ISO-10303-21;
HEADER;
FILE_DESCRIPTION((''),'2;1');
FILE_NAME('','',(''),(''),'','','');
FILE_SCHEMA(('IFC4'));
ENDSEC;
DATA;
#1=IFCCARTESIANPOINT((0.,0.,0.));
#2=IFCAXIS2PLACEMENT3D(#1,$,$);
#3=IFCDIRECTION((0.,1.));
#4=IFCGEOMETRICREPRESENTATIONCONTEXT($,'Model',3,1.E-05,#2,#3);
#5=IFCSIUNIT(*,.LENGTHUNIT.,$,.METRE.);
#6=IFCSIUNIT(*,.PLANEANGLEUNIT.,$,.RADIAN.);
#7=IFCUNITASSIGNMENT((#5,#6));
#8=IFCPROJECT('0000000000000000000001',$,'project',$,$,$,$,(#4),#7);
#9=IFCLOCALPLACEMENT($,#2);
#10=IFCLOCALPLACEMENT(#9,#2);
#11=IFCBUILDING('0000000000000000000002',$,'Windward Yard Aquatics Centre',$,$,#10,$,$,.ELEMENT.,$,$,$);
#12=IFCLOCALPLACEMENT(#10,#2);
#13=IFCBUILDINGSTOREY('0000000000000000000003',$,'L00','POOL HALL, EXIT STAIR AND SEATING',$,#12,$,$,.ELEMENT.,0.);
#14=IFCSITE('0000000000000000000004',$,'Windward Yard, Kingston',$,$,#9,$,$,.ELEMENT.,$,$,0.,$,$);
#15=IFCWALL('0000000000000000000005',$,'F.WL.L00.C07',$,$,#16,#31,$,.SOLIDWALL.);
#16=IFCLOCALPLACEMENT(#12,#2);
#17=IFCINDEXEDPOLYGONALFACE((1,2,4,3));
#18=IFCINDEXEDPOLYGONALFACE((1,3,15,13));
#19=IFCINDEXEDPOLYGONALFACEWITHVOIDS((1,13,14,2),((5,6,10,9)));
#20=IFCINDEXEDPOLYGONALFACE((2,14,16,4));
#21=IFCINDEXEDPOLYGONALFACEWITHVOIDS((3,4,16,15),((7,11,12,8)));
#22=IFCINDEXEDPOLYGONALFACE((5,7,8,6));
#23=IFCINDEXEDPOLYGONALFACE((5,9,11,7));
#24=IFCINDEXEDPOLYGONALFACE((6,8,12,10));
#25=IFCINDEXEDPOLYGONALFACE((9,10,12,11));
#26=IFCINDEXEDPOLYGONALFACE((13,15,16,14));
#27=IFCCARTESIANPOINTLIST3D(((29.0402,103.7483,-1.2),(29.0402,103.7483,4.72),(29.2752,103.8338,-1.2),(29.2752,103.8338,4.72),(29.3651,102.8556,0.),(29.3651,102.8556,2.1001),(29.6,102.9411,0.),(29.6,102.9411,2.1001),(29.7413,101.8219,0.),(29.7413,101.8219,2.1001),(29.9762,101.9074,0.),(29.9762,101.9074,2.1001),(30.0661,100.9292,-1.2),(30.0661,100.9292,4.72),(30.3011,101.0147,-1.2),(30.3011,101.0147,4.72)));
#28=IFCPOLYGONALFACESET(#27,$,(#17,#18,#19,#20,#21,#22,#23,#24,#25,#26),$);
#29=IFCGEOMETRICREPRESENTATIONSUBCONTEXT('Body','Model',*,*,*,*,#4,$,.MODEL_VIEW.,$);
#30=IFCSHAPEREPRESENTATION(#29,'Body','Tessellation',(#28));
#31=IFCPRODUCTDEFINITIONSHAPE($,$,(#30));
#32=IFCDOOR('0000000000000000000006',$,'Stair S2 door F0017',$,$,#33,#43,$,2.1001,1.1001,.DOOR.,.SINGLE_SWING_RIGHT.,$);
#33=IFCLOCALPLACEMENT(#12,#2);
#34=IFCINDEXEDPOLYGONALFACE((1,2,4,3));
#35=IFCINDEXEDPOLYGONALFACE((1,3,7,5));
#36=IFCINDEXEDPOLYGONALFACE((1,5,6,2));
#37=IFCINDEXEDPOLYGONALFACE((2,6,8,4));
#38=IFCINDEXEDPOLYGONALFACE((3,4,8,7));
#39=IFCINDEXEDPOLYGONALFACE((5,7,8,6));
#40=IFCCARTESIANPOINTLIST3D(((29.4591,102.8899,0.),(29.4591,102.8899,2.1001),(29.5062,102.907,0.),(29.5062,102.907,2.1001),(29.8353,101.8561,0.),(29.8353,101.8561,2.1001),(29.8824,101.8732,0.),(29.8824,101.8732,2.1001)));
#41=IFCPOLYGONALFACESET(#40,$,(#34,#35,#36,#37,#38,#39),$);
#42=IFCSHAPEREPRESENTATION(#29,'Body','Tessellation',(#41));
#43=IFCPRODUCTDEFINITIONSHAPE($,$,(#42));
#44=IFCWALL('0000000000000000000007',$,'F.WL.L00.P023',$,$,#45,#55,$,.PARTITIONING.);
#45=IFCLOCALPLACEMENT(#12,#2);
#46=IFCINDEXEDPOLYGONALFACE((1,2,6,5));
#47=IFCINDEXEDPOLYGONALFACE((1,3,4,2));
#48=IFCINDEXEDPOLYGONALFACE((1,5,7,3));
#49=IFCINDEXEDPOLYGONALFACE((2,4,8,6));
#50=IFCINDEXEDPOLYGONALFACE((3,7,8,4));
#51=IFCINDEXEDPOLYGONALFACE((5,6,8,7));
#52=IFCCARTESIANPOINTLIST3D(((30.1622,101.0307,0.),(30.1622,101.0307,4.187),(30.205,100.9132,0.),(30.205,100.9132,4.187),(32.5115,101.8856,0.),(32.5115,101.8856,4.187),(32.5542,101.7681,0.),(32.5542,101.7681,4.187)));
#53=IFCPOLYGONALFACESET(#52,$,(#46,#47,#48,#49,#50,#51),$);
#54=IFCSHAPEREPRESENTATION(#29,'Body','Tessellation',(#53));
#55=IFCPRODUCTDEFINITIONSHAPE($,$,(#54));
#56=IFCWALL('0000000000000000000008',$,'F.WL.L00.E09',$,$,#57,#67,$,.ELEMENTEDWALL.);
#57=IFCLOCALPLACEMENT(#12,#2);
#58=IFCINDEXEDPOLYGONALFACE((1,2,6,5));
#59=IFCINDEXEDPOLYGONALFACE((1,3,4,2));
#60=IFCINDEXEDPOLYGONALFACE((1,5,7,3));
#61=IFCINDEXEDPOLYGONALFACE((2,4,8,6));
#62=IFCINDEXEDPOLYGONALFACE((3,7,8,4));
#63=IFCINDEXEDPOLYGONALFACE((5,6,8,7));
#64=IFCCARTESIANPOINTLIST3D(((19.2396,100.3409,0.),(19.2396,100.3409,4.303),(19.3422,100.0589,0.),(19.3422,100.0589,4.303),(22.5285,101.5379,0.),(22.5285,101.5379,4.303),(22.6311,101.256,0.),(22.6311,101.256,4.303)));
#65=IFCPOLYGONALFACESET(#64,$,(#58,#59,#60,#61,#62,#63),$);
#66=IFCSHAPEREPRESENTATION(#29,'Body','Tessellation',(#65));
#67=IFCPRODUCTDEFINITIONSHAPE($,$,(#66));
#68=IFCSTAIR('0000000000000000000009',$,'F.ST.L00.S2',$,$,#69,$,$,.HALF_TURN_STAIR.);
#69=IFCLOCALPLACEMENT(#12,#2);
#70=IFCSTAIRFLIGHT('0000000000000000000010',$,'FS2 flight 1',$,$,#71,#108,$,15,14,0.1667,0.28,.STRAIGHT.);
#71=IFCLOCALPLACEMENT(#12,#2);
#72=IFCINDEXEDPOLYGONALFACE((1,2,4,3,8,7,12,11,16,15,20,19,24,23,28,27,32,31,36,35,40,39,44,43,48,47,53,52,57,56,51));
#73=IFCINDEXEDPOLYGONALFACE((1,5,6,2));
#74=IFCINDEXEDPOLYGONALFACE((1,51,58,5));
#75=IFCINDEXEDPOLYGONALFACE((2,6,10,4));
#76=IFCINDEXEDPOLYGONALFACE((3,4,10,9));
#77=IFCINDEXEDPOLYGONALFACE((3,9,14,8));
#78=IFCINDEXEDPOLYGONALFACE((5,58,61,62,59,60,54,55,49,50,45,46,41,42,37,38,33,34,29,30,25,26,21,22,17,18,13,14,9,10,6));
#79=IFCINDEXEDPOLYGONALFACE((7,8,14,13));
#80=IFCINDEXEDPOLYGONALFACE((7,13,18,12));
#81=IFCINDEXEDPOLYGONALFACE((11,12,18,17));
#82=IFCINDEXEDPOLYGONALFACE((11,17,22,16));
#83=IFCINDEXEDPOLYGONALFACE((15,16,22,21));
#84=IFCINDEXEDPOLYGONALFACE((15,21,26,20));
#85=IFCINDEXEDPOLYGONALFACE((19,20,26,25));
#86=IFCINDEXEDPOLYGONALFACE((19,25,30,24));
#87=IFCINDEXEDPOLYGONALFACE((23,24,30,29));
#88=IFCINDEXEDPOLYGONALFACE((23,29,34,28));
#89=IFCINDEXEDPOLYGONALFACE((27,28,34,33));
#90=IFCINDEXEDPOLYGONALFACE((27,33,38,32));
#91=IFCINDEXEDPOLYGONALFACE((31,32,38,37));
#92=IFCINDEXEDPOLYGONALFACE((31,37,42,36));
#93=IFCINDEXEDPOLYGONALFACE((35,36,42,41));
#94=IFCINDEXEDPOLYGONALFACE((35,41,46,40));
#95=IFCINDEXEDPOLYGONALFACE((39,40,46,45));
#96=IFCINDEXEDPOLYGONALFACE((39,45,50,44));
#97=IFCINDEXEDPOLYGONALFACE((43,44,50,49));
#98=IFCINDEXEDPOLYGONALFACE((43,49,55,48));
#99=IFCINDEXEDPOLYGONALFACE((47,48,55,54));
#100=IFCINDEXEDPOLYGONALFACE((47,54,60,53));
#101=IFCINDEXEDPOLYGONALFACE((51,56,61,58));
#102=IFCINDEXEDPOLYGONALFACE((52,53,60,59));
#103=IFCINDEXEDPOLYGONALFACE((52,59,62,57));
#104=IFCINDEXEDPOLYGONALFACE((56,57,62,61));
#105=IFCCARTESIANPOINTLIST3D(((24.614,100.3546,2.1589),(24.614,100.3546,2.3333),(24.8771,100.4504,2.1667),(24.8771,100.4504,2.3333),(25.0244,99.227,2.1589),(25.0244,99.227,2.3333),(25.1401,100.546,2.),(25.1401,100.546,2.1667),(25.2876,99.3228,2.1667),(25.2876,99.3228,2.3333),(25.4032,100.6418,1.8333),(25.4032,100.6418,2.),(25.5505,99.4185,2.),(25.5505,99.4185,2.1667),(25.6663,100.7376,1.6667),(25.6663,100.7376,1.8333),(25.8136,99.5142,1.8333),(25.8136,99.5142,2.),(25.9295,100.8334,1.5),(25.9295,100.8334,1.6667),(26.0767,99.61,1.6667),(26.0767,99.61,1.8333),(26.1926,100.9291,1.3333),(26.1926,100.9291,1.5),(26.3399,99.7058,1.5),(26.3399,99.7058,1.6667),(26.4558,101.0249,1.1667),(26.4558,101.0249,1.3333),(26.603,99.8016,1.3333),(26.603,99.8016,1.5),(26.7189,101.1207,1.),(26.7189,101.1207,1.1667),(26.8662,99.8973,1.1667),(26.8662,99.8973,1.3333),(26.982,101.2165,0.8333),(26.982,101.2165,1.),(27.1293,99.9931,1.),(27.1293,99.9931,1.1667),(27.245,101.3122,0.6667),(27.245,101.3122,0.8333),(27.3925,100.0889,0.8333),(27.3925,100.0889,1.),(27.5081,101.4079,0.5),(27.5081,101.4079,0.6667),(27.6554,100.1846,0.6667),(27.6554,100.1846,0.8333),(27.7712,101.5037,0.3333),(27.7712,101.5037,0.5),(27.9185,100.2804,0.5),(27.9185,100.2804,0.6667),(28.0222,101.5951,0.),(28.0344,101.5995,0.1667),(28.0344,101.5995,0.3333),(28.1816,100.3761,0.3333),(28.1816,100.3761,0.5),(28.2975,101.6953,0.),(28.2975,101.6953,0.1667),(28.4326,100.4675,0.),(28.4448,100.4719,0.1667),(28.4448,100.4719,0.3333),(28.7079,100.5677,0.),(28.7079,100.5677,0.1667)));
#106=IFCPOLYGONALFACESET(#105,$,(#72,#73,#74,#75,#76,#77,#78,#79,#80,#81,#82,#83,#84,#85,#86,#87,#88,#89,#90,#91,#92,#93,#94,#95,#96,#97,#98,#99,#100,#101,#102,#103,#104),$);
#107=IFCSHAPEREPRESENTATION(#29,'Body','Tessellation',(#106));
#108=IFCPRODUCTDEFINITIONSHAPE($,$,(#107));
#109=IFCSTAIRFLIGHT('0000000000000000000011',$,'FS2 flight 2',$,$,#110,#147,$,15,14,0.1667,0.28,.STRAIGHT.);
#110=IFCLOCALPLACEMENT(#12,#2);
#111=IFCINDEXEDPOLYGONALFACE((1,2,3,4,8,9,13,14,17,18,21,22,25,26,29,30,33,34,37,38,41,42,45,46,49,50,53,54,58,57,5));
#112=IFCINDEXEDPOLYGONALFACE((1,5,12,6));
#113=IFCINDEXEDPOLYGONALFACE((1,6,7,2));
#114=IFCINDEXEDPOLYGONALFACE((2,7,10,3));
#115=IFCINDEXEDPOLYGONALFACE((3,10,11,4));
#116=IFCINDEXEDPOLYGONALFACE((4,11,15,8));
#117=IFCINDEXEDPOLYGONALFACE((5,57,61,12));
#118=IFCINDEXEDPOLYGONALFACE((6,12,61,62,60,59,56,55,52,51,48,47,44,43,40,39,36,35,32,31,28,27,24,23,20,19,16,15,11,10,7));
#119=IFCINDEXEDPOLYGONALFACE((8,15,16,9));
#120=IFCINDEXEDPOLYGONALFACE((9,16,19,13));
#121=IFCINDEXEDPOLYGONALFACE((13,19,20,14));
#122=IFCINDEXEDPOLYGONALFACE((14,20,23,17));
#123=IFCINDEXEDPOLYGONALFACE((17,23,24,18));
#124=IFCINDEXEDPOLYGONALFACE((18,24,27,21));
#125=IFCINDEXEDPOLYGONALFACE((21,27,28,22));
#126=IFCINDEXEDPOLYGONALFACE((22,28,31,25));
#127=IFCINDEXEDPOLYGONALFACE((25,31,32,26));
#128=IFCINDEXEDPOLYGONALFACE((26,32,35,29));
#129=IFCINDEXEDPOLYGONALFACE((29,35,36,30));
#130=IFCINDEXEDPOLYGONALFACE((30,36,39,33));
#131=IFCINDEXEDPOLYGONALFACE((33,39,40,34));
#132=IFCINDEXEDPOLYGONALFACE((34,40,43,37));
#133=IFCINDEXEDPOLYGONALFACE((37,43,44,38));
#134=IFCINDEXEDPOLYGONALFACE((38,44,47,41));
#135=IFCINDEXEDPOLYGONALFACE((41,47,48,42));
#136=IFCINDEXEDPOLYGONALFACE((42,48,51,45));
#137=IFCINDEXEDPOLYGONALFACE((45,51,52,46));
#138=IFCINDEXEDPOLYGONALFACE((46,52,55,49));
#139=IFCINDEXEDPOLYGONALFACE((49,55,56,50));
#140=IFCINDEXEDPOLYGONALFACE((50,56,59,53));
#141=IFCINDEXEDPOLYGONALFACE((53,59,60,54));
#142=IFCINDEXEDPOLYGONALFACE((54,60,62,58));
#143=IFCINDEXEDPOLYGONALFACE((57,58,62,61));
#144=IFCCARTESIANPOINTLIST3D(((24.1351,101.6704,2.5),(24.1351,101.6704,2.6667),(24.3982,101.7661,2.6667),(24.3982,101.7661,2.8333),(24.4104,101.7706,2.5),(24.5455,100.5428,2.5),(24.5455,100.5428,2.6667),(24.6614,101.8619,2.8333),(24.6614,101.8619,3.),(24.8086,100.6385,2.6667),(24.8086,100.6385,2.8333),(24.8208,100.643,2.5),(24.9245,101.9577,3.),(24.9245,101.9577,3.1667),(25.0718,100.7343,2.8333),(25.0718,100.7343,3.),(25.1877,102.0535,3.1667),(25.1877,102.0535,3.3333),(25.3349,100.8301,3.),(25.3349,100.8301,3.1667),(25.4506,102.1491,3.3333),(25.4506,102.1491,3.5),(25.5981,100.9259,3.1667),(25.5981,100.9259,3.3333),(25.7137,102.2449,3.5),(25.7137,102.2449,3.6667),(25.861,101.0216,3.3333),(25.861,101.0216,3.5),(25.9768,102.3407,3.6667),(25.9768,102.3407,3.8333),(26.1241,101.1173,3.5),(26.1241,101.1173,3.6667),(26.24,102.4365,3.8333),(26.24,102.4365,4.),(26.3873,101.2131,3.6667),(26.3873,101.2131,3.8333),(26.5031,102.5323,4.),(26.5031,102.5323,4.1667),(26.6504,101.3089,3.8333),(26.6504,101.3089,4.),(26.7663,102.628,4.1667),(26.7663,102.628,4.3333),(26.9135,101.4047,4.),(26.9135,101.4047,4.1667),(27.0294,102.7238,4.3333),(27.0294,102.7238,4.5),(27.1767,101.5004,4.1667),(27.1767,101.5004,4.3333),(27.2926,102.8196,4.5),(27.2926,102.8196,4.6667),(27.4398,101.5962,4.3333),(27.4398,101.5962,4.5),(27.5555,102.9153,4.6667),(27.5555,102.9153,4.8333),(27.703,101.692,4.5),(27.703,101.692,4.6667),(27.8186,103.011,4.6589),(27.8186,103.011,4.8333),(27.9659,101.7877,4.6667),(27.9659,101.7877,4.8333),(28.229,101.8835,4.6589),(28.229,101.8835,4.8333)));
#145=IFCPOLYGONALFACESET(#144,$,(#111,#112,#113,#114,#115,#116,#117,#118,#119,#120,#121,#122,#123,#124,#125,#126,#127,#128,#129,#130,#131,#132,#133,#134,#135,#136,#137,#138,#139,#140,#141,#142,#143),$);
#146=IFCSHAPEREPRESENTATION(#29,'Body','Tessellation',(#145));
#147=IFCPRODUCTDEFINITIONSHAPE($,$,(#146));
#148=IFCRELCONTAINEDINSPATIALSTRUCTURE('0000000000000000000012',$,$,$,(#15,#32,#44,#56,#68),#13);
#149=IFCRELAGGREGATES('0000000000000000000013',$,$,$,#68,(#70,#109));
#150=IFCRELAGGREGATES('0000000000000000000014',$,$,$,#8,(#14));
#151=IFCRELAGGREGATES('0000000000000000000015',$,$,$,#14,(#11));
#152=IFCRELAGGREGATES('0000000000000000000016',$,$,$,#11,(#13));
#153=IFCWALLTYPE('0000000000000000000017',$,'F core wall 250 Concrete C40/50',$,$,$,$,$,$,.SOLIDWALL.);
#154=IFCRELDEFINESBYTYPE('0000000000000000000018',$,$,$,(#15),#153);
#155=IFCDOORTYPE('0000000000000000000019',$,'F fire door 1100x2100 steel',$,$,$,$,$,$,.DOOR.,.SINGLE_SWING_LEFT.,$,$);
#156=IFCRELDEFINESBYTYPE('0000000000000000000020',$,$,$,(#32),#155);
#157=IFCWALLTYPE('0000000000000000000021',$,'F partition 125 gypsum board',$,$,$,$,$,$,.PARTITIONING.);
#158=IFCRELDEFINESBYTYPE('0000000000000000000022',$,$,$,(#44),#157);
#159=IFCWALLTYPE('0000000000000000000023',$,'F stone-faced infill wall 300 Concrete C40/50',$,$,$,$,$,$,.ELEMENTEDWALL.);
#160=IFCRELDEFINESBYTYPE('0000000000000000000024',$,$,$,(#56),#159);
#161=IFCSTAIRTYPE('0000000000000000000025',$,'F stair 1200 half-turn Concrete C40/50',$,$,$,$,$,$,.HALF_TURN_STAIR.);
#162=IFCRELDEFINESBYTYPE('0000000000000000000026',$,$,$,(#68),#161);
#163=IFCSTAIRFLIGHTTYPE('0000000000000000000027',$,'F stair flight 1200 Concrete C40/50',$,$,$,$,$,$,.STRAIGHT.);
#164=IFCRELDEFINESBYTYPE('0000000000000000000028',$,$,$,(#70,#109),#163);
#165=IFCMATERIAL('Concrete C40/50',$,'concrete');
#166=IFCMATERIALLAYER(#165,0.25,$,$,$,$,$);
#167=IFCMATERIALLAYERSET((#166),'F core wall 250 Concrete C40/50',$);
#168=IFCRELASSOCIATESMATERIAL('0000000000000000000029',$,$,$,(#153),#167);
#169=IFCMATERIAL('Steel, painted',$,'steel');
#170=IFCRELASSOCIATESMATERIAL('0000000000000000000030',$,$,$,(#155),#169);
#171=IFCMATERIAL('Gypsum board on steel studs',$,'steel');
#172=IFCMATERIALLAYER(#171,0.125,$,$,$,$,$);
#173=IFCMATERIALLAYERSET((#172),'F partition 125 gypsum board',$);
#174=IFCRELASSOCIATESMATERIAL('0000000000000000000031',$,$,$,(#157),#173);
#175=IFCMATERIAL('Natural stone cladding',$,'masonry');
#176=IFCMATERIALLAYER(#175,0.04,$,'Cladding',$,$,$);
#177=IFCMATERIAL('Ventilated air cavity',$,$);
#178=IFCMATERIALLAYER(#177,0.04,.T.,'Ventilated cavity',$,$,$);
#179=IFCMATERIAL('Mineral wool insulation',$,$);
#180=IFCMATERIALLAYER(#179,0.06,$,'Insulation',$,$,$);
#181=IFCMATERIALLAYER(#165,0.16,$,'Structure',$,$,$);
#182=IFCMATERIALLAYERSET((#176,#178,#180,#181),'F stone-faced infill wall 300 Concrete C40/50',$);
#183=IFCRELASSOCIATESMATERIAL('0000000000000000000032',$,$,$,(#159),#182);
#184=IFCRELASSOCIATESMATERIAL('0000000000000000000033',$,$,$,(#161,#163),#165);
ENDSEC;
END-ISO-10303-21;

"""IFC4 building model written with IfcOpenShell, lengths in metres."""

from ifc_helpers import new_model, si_unit, direction, frame, frame_2d, origin, place, context, subcontext, project, spatial, polyline, rectangle, outline, extrude, material, layer, layer_set, type_object, element, fill, aggregate, save


model = new_model("IFC4")

# Units and contexts
model_context = context("Model", 3, precision=1e-05, world=origin(), true_north=direction((0.0, 1.0)))
body_context = subcontext(model_context, "Body", "Model", "MODEL_VIEW")
ifc_project = project(units=[si_unit("LENGTHUNIT", "METRE"), si_unit("PLANEANGLEUNIT", "RADIAN")], contexts=[model_context])

# Site, building, storey
site_placement = place(None, origin())
site = spatial("IfcSite", under=ifc_project, at=site_placement, Name="Windward Yard, Kingston", CompositionType="ELEMENT", RefElevation=0.0)
building_placement = place(site_placement, origin())
building = spatial("IfcBuilding", under=site, at=building_placement, Name="Windward Yard Aquatics Centre", CompositionType="ELEMENT")
storey_placement = place(building_placement, origin())
storey = spatial("IfcBuildingStorey", under=building, at=storey_placement, Name="L00", Description="POOL HALL, EXIT STAIR AND SEATING", CompositionType="ELEMENT", Elevation=0.0)

# Shared definitions
ifc_material_1 = material(Name="Concrete C40/50", Category="concrete")

# Wall, opening, door
ifc_layer_1 = layer(ifc_material_1, 0.25)
ifc_layer_set_1 = layer_set([ifc_layer_1], Name="F core wall 250 Concrete C40/50")
wall_type_1 = type_object("IfcWallType", Name="F core wall 250 Concrete C40/50", PredefinedType="SOLIDWALL", material=ifc_layer_set_1)
wall_1_placement = place(storey_placement, frame((30.1836, 100.9719, -1.2), z_axis=(0.0, 0.0, 1.0), x_axis=(-0.341965, 0.939713, 0.0)))
wall_1 = element("IfcWall", 1, at=wall_1_placement, inside=storey, type_object=wall_type_1, Name="F.WL.L00.C07", PredefinedType="SOLIDWALL", context=body_context, shape_type="SweptSolid", body=[
    extrude(rectangle(XDim=3.0, YDim=0.25, at=frame_2d((1.5, 0.0))), origin(), (0.0, 0.0, 1.0), 5.9199),
])
opening_placement = place(wall_1_placement, frame((0.95, 0.0, 1.2)))
opening = element("IfcOpeningElement", 2, at=opening_placement, cuts=wall_1, PredefinedType="OPENING", context=body_context, shape_type="SweptSolid", body=[
    extrude(rectangle(XDim=1.1001, YDim=2.1001, at=frame_2d((0.55, 1.05))), frame((0.0, 0.135, 0.0), z_axis=(0.0, -1.0, 0.0), x_axis=(1.0, 0.0, 0.0)), (0.0, 0.0, 1.0), 0.27),
])
ifc_material_2 = material(Name="Steel, painted", Category="steel")
door_type = type_object("IfcDoorType", Name="F fire door 1100x2100 steel", OperationType="SINGLE_SWING_LEFT", PredefinedType="DOOR", material=ifc_material_2)
door_placement = place(opening_placement, origin())
door = element("IfcDoor", 3, at=door_placement, inside=storey, type_object=door_type, Name="Stair S2 door F0017", OperationType="SINGLE_SWING_RIGHT", OverallHeight=2.1001, OverallWidth=1.1001, PredefinedType="DOOR", context=body_context, shape_type="SweptSolid", body=[
    extrude(rectangle(XDim=1.1001, YDim=2.1001, at=frame_2d((0.55, 1.05))), frame((0.0, 0.0249, 0.0), z_axis=(0.0, -1.0, 0.0), x_axis=(1.0, 0.0, 0.0)), (0.0, 0.0, 1.0), 0.05),
])
fill(opening, door)

# Walls
ifc_material_3 = material(Name="Gypsum board on steel studs", Category="steel")
ifc_layer_2 = layer(ifc_material_3, 0.125)
ifc_layer_set_2 = layer_set([ifc_layer_2], Name="F partition 125 gypsum board")
wall_type_2 = type_object("IfcWallType", Name="F partition 125 gypsum board", PredefinedType="PARTITIONING", material=ifc_layer_set_2)
wall_2_placement = place(storey_placement, frame((30.1836, 100.9719, 0.0), z_axis=(0.0, 0.0, 1.0), x_axis=(0.939708, 0.341978, 0.0)))
element("IfcWall", 4, at=wall_2_placement, inside=storey, type_object=wall_type_2, Name="F.WL.L00.P023", PredefinedType="PARTITIONING", context=body_context, shape_type="SweptSolid", body=[
    extrude(rectangle(XDim=2.5, YDim=0.125, at=frame_2d((1.25, 0.0))), origin(), (0.0, 0.0, 1.0), 4.187),
])
ifc_material_4 = material(Name="Natural stone cladding", Category="masonry")
ifc_layer_3 = layer(ifc_material_4, 0.04, Name="Cladding")
ifc_material_5 = material(Name="Ventilated air cavity")
ifc_layer_4 = layer(ifc_material_5, 0.04, ventilated=True, Name="Ventilated cavity")
ifc_material_6 = material(Name="Mineral wool insulation")
ifc_layer_5 = layer(ifc_material_6, 0.06, Name="Insulation")
ifc_layer_6 = layer(ifc_material_1, 0.16, Name="Structure")
ifc_layer_set_3 = layer_set([ifc_layer_3, ifc_layer_4, ifc_layer_5, ifc_layer_6], Name="F stone-faced infill wall 300 Concrete C40/50")
wall_type_3 = type_object("IfcWallType", Name="F stone-faced infill wall 300 Concrete C40/50", PredefinedType="ELEMENTEDWALL", material=ifc_layer_set_3)
wall_3_placement = place(storey_placement, frame((22.5798, 101.397, 0.0), z_axis=(0.0, 0.0, 1.0), x_axis=(-0.939694, -0.342017, 0.0)))
element("IfcWall", 5, at=wall_3_placement, inside=storey, type_object=wall_type_3, Name="F.WL.L00.E09", PredefinedType="ELEMENTEDWALL", context=body_context, shape_type="SweptSolid", body=[
    extrude(rectangle(XDim=3.5, YDim=0.3, at=frame_2d((1.75, 0.0))), origin(), (0.0, 0.0, 1.0), 4.303),
])

# Stair, stair flights
stair_type = type_object("IfcStairType", Name="F stair 1200 half-turn Concrete C40/50", PredefinedType="HALF_TURN_STAIR", material=ifc_material_1)
stair_placement = place(storey_placement, origin())
stair = element("IfcStair", 6, at=stair_placement, inside=storey, type_object=stair_type, Name="F.ST.L00.S2", PredefinedType="HALF_TURN_STAIR")
stair_flight_type = type_object("IfcStairFlightType", Name="F stair flight 1200 Concrete C40/50", PredefinedType="STRAIGHT", material=ifc_material_1)
stair_flight_1_placement = place(storey_placement, frame((28.5027, 101.1316, 0.0), z_axis=(0.0, 0.0, 1.0), x_axis=(-0.939693, -0.34202, 0.0)))
stair_flight_1 = element("IfcStairFlight", 7, at=stair_flight_1_placement, type_object=stair_flight_type, Name="FS2 flight 1", NumberOfRisers=15, NumberOfTreads=14, PredefinedType="STRAIGHT", RiserHeight=0.1667, TreadLength=0.28, context=body_context, shape_type="SweptSolid", body=[
    extrude(outline(polyline([(0.0, 0.0), (0.0, 0.1667), (0.28, 0.1667), (0.28, 0.3333), (0.5601, 0.3333), (0.5601, 0.5), (0.8401, 0.5), (0.8401, 0.6667), (1.1201, 0.6667), (1.1201, 0.8333), (1.3999, 0.8333), (1.3999, 1.0), (1.6799, 1.0), (1.6799, 1.1667), (1.96, 1.1667), (1.96, 1.3333), (2.24, 1.3333), (2.24, 1.5), (2.52, 1.5), (2.52, 1.6667), (2.8, 1.6667), (2.8, 1.8333), (3.0801, 1.8333), (3.0801, 2.0), (3.3601, 2.0), (3.3601, 2.1667), (3.6399, 2.1667), (3.6399, 2.3333), (3.9199, 2.3333), (3.9199, 2.5), (3.9199, 2.1589), (0.293, 0.0), (0.0, 0.0)])), frame((0.0, 0.6001, 0.0), z_axis=(0.0, -1.0, 0.0), x_axis=(1.0, 0.0, 0.0)), (0.0, 0.0, 1.0), 1.2),
])
stair_flight_2_placement = place(storey_placement, frame((24.3403, 101.1064, 2.5), z_axis=(0.0, 0.0, 1.0), x_axis=(0.939693, 0.34202, 0.0)))
stair_flight_2 = element("IfcStairFlight", 8, at=stair_flight_2_placement, type_object=stair_flight_type, Name="FS2 flight 2", NumberOfRisers=15, NumberOfTreads=14, PredefinedType="STRAIGHT", RiserHeight=0.1667, TreadLength=0.28, context=body_context, shape_type="SweptSolid", body=[
    extrude(outline(polyline([(0.0, 0.0), (0.0, 0.1667), (0.28, 0.1667), (0.28, 0.3333), (0.5601, 0.3333), (0.5601, 0.5), (0.8401, 0.5), (0.8401, 0.6667), (1.1201, 0.6667), (1.1201, 0.8333), (1.3999, 0.8333), (1.3999, 1.0), (1.6799, 1.0), (1.6799, 1.1667), (1.96, 1.1667), (1.96, 1.3333), (2.24, 1.3333), (2.24, 1.5), (2.52, 1.5), (2.52, 1.6667), (2.8, 1.6667), (2.8, 1.8333), (3.0801, 1.8333), (3.0801, 2.0), (3.3601, 2.0), (3.3601, 2.1667), (3.6399, 2.1667), (3.6399, 2.3333), (3.9199, 2.3333), (3.9199, 2.5), (3.9199, 2.1589), (0.293, 0.0), (0.0, 0.0)])), frame((0.0, 0.6001, 0.0), z_axis=(0.0, -1.0, 0.0), x_axis=(1.0, 0.0, 0.0)), (0.0, 0.0, 1.0), 1.2),
])
aggregate(stair, [stair_flight_1, stair_flight_2])

save(model, "model.ifc")
